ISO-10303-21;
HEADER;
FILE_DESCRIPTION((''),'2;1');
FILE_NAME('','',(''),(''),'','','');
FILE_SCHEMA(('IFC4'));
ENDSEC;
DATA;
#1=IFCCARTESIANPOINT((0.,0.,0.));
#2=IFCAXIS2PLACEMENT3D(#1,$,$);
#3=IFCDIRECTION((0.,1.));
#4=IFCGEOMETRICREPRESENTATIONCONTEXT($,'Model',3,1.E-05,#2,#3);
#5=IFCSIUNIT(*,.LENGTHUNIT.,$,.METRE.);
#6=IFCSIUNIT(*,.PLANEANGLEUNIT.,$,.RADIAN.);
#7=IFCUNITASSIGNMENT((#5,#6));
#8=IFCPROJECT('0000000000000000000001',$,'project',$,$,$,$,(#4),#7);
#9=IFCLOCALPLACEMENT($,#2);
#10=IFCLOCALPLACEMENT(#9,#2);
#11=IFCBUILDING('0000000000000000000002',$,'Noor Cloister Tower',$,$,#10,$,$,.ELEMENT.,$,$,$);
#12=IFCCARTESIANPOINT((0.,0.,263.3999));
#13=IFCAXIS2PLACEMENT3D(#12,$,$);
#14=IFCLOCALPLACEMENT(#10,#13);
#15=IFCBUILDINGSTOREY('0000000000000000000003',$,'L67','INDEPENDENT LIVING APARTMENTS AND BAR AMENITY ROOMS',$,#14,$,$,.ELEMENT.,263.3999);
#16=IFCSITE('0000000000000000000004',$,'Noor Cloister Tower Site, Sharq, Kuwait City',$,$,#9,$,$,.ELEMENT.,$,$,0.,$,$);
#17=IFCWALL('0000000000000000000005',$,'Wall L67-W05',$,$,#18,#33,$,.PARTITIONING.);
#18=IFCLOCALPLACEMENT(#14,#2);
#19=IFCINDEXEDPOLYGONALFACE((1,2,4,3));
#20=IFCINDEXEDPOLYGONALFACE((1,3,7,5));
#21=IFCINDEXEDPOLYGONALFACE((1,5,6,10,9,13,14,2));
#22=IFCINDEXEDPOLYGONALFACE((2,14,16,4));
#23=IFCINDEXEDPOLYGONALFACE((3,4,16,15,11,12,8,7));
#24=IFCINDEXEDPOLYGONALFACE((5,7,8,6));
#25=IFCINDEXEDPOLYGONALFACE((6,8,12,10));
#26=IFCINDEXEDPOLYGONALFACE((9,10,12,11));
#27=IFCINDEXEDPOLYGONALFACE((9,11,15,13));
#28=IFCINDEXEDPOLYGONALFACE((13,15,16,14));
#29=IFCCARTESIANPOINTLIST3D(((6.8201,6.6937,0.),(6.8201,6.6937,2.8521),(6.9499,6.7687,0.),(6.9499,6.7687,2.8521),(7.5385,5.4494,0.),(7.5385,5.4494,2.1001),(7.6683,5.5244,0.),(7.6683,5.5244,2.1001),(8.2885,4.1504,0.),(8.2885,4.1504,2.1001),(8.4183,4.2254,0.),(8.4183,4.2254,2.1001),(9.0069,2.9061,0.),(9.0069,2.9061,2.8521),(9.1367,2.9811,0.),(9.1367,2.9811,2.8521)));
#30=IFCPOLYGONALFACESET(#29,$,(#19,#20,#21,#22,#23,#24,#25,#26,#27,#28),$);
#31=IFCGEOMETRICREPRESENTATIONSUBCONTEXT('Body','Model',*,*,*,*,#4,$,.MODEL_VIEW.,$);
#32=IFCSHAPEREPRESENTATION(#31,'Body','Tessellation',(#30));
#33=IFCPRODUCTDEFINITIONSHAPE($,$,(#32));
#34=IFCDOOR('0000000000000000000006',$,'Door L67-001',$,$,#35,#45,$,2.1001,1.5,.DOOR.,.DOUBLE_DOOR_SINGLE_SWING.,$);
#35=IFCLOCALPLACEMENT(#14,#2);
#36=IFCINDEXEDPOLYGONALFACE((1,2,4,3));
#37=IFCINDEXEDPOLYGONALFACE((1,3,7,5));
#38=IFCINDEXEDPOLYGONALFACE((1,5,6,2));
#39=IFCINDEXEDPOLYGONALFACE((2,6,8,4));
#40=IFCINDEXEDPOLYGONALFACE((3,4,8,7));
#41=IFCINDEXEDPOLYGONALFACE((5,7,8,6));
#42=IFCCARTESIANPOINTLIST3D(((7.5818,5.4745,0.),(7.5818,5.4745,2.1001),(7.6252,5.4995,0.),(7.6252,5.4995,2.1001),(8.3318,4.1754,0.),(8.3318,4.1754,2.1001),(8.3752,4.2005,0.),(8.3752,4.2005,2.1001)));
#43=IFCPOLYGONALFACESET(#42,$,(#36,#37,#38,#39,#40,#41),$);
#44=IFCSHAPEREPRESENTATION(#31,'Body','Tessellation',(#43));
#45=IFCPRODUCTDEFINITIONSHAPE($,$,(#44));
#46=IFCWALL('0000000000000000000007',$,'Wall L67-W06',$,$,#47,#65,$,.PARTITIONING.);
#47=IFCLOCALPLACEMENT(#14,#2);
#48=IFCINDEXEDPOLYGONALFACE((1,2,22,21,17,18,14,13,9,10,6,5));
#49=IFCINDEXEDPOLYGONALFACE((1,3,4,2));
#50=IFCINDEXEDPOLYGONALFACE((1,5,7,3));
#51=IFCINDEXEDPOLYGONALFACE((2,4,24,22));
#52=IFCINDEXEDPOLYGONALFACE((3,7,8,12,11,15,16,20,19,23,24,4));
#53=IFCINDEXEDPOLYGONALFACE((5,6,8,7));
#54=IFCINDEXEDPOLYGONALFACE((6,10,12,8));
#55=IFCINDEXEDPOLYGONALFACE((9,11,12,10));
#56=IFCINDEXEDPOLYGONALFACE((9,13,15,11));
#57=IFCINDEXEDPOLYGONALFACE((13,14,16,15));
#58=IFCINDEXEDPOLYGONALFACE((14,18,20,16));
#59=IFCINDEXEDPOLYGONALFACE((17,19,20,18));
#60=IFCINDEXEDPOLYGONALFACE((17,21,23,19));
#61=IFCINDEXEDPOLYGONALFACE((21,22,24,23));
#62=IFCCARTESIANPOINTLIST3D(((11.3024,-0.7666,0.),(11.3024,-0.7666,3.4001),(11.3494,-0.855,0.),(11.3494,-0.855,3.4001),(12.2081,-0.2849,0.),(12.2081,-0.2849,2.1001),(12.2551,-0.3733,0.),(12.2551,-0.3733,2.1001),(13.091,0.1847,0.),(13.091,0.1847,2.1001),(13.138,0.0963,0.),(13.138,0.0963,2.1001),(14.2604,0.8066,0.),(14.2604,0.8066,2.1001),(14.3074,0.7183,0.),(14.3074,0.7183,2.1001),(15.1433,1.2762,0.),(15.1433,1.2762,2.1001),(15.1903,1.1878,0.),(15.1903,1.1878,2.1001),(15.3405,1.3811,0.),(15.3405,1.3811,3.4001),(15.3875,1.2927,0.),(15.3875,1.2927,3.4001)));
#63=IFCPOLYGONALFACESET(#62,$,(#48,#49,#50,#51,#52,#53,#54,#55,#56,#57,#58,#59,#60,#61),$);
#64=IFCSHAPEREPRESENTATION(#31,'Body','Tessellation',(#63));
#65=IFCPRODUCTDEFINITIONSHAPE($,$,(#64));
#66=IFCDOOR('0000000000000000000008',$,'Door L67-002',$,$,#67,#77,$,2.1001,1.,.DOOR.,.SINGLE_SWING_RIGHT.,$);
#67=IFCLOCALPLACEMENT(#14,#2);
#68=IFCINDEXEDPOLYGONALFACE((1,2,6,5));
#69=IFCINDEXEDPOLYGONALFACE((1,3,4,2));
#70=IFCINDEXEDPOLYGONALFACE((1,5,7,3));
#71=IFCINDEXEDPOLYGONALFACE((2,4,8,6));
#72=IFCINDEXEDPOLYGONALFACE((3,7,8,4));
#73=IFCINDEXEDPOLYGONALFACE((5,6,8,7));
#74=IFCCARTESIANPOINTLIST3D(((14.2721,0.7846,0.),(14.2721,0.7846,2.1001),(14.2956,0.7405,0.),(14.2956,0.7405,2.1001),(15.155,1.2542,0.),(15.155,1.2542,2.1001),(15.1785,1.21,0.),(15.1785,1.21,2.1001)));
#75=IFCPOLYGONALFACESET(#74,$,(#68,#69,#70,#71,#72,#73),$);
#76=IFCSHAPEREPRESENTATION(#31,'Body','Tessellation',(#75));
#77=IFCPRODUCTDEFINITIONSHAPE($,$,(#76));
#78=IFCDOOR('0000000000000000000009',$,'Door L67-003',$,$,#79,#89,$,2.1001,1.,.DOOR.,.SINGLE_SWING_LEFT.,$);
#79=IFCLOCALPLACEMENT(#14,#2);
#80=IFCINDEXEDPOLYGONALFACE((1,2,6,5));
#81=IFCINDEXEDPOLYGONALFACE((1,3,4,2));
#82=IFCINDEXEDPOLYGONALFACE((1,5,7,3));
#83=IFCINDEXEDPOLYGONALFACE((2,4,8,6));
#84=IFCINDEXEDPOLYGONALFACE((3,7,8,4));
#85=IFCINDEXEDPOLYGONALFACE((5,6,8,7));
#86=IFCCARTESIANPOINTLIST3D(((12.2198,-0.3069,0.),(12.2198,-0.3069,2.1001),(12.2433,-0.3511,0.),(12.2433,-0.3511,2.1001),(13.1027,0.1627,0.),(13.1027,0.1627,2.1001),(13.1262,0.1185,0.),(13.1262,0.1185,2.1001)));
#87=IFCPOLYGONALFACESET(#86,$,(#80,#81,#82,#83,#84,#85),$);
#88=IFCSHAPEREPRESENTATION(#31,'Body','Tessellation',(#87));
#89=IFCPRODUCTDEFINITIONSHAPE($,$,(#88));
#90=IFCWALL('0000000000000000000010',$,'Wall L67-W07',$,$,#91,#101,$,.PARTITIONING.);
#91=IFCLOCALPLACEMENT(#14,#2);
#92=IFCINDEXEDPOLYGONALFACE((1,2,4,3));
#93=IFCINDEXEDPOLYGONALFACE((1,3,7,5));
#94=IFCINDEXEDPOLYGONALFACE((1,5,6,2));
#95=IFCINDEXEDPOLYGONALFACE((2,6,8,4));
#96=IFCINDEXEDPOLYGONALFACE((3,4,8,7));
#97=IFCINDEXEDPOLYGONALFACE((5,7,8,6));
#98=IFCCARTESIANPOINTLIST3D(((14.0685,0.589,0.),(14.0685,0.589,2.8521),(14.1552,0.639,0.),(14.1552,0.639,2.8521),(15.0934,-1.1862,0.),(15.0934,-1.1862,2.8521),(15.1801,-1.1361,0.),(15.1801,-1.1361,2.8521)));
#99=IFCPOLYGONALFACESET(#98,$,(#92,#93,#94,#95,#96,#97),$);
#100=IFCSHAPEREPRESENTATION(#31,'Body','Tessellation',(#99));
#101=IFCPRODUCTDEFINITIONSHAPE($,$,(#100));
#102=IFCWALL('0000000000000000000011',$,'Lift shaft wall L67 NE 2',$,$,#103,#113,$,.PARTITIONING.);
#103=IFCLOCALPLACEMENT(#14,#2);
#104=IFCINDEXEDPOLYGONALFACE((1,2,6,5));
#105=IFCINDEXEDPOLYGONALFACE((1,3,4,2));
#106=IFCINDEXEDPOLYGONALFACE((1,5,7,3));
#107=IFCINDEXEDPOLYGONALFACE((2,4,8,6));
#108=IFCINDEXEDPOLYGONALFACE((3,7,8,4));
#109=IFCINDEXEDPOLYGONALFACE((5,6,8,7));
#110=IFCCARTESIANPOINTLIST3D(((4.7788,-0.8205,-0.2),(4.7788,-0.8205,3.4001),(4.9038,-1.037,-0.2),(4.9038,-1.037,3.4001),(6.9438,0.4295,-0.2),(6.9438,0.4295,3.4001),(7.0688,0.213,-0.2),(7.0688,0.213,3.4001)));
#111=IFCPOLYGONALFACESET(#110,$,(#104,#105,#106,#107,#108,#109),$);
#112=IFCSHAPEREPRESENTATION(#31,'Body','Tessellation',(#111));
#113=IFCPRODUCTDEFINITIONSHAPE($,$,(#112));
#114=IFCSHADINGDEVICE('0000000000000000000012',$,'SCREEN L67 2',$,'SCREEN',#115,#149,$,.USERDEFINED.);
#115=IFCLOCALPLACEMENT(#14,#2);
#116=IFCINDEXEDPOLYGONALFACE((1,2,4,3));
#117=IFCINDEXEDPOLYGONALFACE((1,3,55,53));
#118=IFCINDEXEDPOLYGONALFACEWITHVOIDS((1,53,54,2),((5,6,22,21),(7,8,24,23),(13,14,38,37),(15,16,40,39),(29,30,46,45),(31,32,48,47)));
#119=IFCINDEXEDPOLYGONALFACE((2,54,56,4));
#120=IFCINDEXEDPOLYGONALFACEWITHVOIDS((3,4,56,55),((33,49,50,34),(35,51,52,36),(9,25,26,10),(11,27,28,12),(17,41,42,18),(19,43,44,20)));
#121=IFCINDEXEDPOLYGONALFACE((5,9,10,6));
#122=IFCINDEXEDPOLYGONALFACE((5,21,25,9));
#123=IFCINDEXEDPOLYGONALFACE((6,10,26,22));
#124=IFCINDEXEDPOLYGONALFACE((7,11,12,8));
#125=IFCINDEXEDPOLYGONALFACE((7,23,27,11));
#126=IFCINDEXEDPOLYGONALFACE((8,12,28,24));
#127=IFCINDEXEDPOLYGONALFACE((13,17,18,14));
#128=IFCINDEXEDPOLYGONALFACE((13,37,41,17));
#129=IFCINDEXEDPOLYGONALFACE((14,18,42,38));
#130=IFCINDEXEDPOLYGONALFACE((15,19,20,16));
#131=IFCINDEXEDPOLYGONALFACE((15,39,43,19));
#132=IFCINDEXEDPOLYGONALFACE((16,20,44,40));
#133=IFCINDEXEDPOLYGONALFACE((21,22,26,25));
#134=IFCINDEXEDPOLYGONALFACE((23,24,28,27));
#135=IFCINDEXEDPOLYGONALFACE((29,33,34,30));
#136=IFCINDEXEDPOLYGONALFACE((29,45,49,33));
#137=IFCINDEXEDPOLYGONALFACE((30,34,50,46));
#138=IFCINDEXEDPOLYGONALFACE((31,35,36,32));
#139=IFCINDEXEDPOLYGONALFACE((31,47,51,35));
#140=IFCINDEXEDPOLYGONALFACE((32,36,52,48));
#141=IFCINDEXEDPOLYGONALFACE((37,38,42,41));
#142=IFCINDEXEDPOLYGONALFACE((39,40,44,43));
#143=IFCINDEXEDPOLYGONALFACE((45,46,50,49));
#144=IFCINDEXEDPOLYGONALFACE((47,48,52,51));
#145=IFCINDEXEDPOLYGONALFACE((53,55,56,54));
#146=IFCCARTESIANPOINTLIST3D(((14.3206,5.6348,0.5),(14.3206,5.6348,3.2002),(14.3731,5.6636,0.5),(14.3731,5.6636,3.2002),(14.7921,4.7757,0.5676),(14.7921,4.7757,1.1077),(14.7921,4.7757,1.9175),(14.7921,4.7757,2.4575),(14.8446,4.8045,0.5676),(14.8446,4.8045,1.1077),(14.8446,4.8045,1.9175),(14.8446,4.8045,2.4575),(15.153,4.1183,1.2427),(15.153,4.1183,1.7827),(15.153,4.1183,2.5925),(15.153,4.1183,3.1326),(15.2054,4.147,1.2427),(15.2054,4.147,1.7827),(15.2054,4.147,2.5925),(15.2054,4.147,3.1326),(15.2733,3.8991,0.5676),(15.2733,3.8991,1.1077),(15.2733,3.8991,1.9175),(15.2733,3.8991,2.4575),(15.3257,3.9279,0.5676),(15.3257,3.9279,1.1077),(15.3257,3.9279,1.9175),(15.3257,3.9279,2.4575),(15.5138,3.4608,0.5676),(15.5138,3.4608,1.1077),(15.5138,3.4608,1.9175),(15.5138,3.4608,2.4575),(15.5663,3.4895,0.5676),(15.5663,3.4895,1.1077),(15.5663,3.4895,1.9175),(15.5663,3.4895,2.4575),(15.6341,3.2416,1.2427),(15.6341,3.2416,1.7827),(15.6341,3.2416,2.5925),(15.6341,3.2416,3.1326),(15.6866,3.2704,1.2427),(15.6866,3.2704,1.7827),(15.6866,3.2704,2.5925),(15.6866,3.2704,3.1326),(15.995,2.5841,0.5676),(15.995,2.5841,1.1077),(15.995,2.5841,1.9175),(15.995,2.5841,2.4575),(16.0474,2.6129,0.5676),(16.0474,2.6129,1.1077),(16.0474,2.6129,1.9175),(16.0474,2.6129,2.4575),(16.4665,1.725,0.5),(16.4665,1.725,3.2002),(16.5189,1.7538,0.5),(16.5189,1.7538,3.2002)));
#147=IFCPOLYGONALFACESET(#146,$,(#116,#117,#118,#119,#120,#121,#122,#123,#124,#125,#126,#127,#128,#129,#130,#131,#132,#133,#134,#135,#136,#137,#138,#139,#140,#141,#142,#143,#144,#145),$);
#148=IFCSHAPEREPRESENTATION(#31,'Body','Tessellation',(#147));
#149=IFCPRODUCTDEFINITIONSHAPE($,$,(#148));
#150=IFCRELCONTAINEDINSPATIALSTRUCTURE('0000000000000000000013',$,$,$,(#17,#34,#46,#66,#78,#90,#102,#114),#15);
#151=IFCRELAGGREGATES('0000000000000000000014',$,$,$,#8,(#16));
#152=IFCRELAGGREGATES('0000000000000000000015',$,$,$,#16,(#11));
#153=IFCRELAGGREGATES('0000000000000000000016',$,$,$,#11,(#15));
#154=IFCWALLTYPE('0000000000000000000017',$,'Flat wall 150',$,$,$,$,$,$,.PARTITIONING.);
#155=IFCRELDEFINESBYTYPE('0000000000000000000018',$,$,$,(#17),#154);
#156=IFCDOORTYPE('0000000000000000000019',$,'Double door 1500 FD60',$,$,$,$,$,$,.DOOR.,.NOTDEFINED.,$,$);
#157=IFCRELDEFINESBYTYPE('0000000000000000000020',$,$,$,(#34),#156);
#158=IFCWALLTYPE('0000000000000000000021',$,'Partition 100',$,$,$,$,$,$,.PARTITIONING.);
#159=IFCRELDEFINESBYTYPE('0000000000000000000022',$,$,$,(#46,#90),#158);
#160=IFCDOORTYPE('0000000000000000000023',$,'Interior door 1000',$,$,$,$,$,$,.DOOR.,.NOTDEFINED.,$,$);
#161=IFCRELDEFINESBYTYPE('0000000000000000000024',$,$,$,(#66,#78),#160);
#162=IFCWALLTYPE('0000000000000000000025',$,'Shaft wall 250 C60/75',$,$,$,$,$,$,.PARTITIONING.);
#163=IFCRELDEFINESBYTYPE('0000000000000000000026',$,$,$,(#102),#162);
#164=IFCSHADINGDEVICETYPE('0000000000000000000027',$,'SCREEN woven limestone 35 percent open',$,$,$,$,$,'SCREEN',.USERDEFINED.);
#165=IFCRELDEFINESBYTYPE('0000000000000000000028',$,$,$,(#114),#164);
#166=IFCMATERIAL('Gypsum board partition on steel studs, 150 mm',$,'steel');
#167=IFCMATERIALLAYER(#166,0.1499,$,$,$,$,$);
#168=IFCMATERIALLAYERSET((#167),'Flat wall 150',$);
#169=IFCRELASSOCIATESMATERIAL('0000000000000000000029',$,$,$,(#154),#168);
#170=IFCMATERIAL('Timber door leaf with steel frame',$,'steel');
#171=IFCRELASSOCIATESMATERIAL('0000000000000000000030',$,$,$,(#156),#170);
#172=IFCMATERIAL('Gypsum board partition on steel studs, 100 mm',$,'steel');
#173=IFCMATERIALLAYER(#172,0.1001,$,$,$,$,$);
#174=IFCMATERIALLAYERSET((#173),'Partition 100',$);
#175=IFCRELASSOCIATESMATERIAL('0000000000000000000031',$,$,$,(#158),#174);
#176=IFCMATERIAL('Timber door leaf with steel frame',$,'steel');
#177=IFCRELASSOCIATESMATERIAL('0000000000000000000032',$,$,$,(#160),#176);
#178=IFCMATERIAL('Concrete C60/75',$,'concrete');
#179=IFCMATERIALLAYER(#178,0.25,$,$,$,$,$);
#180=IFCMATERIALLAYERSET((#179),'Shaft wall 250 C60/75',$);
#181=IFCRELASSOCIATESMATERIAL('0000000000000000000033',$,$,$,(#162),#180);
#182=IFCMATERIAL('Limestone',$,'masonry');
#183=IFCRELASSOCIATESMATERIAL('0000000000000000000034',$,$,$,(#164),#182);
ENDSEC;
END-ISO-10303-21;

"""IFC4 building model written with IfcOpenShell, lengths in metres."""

from ifc_helpers import new_model, si_unit, direction, frame, frame_2d, origin, place, context, subcontext, project, spatial, polyline, rectangle, outline, extrude, material, layer, layer_set, material_profile, profile_set, type_object, element, fill, save


model = new_model("IFC4")

# Units and contexts
model_context = context("Model", 3, precision=1e-05, world=origin(), true_north=direction((0.0, 1.0)))
body_context = subcontext(model_context, "Body", "Model", "MODEL_VIEW")
ifc_project = project(units=[si_unit("LENGTHUNIT", "METRE"), si_unit("PLANEANGLEUNIT", "RADIAN")], contexts=[model_context])

# Site, building, storey
site_placement = place(None, origin())
site = spatial("IfcSite", under=ifc_project, at=site_placement, Name="Noor Cloister Tower Site, Sharq, Kuwait City", CompositionType="ELEMENT", RefElevation=0.0)
building_placement = place(site_placement, origin())
building = spatial("IfcBuilding", under=site, at=building_placement, Name="Noor Cloister Tower", CompositionType="ELEMENT")
storey_placement = place(building_placement, frame((0.0, 0.0, 263.3999)))
storey = spatial("IfcBuildingStorey", under=building, at=storey_placement, Name="L67", Description="INDEPENDENT LIVING APARTMENTS AND BAR AMENITY ROOMS", CompositionType="ELEMENT", Elevation=263.3999)

# Wall, opening, door
ifc_material_1 = material(Name="Gypsum board partition on steel studs, 150 mm", Category="steel")
ifc_layer_1 = layer(ifc_material_1, 0.1499)
ifc_layer_set_1 = layer_set([ifc_layer_1], Name="Flat wall 150")
wall_type_1 = type_object("IfcWallType", Name="Flat wall 150", PredefinedType="PARTITIONING", material=ifc_layer_set_1)
wall_1_placement = place(storey_placement, frame((9.0718, 2.9436, 0.0), z_axis=(0.0, 0.0, 1.0), x_axis=(-0.499999, 0.866026, 0.0)))
wall_1 = element("IfcWall", 1, at=wall_1_placement, inside=storey, type_object=wall_type_1, Name="Wall L67-W05", PredefinedType="PARTITIONING", context=body_context, shape_type="SweptSolid", body=[
    extrude(rectangle(XDim=4.3735, YDim=0.1499, at=frame_2d((2.1868, 0.0))), origin(), (0.0, 0.0, 1.0), 2.8521),
])
opening_1_placement = place(wall_1_placement, frame((1.4368, 0.0, 0.0)))
opening_1 = element("IfcOpeningElement", 2, at=opening_1_placement, cuts=wall_1, PredefinedType="OPENING", context=body_context, shape_type="SweptSolid", body=[
    extrude(rectangle(XDim=1.5, YDim=2.1001, at=frame_2d((0.75, 1.05))), frame((0.0, 0.085, 0.0), z_axis=(0.0, -1.0, 0.0), x_axis=(1.0, 0.0, 0.0)), (0.0, 0.0, 1.0), 0.1699),
])
ifc_material_2 = material(Name="Timber door leaf with steel frame", Category="steel")
door_type_1 = type_object("IfcDoorType", Name="Double door 1500 FD60", OperationType="NOTDEFINED", PredefinedType="DOOR", material=ifc_material_2)
door_1_placement = place(opening_1_placement, origin())
door_1 = element("IfcDoor", 3, at=door_1_placement, inside=storey, type_object=door_type_1, Name="Door L67-001", OperationType="DOUBLE_DOOR_SINGLE_SWING", OverallHeight=2.1001, OverallWidth=1.5, PredefinedType="DOOR", context=body_context, shape_type="SweptSolid", body=[
    extrude(rectangle(XDim=1.5, YDim=2.1001, at=frame_2d((0.75, 1.05))), frame((0.0, 0.0249, 0.0), z_axis=(0.0, -1.0, 0.0), x_axis=(1.0, 0.0, 0.0)), (0.0, 0.0, 1.0), 0.05),
])
fill(opening_1, door_1)

# Wall, openings, doors
ifc_material_3 = material(Name="Gypsum board partition on steel studs, 100 mm", Category="steel")
ifc_layer_2 = layer(ifc_material_3, 0.1001)
ifc_layer_set_2 = layer_set([ifc_layer_2], Name="Partition 100")
wall_type_2 = type_object("IfcWallType", Name="Partition 100", PredefinedType="PARTITIONING", material=ifc_layer_set_2)
wall_2_placement = place(storey_placement, frame((15.364, 1.3369, 0.0), z_axis=(0.0, 0.0, 1.0), x_axis=(-0.882892, -0.469577, 0.0)))
wall_2 = element("IfcWall", 4, at=wall_2_placement, inside=storey, type_object=wall_type_2, Name="Wall L67-W06", PredefinedType="PARTITIONING", context=body_context, shape_type="SweptSolid", body=[
    extrude(rectangle(XDim=4.5737, YDim=0.1001, at=frame_2d((2.2869, 0.0))), origin(), (0.0, 0.0, 1.0), 3.4001),
])
opening_2_placement = place(wall_2_placement, frame((0.2234, 0.0, 0.0)))
opening_2 = element("IfcOpeningElement", 5, at=opening_2_placement, cuts=wall_2, PredefinedType="OPENING", context=body_context, shape_type="SweptSolid", body=[
    extrude(rectangle(XDim=1.0, YDim=2.1001, at=frame_2d((0.5, 1.05))), frame((0.0, 0.0601, 0.0), z_axis=(0.0, -1.0, 0.0), x_axis=(1.0, 0.0, 0.0)), (0.0, 0.0, 1.0), 0.1201),
])
opening_3_placement = place(wall_2_placement, frame((2.5479, 0.0, 0.0)))
opening_3 = element("IfcOpeningElement", 6, at=opening_3_placement, cuts=wall_2, PredefinedType="OPENING", context=body_context, shape_type="SweptSolid", body=[
    extrude(rectangle(XDim=1.0, YDim=2.1001, at=frame_2d((0.5, 1.05))), frame((0.0, 0.0601, 0.0), z_axis=(0.0, -1.0, 0.0), x_axis=(1.0, 0.0, 0.0)), (0.0, 0.0, 1.0), 0.1201),
])
ifc_material_4 = material(Name="Timber door leaf with steel frame", Category="steel")
door_type_2 = type_object("IfcDoorType", Name="Interior door 1000", OperationType="NOTDEFINED", PredefinedType="DOOR", material=ifc_material_4)
door_2_placement = place(opening_2_placement, origin())
door_2 = element("IfcDoor", 7, at=door_2_placement, inside=storey, type_object=door_type_2, Name="Door L67-002", OperationType="SINGLE_SWING_RIGHT", OverallHeight=2.1001, OverallWidth=1.0, PredefinedType="DOOR", context=body_context, shape_type="SweptSolid", body=[
    extrude(rectangle(XDim=1.0, YDim=2.1001, at=frame_2d((0.5, 1.05))), frame((0.0, 0.0249, 0.0), z_axis=(0.0, -1.0, 0.0), x_axis=(1.0, 0.0, 0.0)), (0.0, 0.0, 1.0), 0.05),
])
fill(opening_2, door_2)
door_3_placement = place(opening_3_placement, origin())
door_3 = element("IfcDoor", 8, at=door_3_placement, inside=storey, type_object=door_type_2, Name="Door L67-003", OperationType="SINGLE_SWING_LEFT", OverallHeight=2.1001, OverallWidth=1.0, PredefinedType="DOOR", context=body_context, shape_type="SweptSolid", body=[
    extrude(rectangle(XDim=1.0, YDim=2.1001, at=frame_2d((0.5, 1.05))), frame((0.0, 0.0249, 0.0), z_axis=(0.0, -1.0, 0.0), x_axis=(1.0, 0.0, 0.0)), (0.0, 0.0, 1.0), 0.05),
])
fill(opening_3, door_3)

# Walls
wall_3_placement = place(storey_placement, frame((14.1118, 0.614, 0.0), z_axis=(0.0, 0.0, 1.0), x_axis=(0.500008, -0.866021, 0.0)))
element("IfcWall", 9, at=wall_3_placement, inside=storey, type_object=wall_type_2, Name="Wall L67-W07", PredefinedType="PARTITIONING", context=body_context, shape_type="SweptSolid", body=[
    extrude(rectangle(XDim=2.0498, YDim=0.1001, at=frame_2d((1.0249, 0.0))), origin(), (0.0, 0.0, 1.0), 2.8521),
])
ifc_material_5 = material(Name="Concrete C60/75", Category="concrete")
ifc_layer_3 = layer(ifc_material_5, 0.25)
ifc_layer_set_3 = layer_set([ifc_layer_3], Name="Shaft wall 250 C60/75")
wall_type_3 = type_object("IfcWallType", Name="Shaft wall 250 C60/75", PredefinedType="PARTITIONING", material=ifc_layer_set_3)
wall_4_placement = place(storey_placement, frame((7.0063, 0.3213, -0.2), z_axis=(0.0, 0.0, 1.0), x_axis=(-0.866023, -0.500004, 0.0)))
element("IfcWall", 10, at=wall_4_placement, inside=storey, type_object=wall_type_3, Name="Lift shaft wall L67 NE 2", PredefinedType="PARTITIONING", context=body_context, shape_type="SweptSolid", body=[
    extrude(rectangle(XDim=2.5, YDim=0.25, at=frame_2d((1.25, 0.0))), origin(), (0.0, 0.0, 1.0), 3.6001),
])

# Shading device
ifc_material_6 = material(Name="Limestone", Category="masonry")
ifc_material_profile_1 = material_profile(ifc_material_6, outline(polyline([(-2.23, -1.3501), (2.23, -1.3501), (2.23, 1.3501), (-2.23, 1.3501), (-2.23, -1.3501)]), holes=[polyline([(-1.25, -1.2825), (-0.25, -1.2825), (-0.25, -0.7424), (-1.25, -0.7424), (-1.25, -1.2825)]), polyline([(0.25, -1.2825), (1.25, -1.2825), (1.25, -0.7424), (0.25, -0.7424), (0.25, -1.2825)]), polyline([(-0.5, -0.6074), (0.5, -0.6074), (0.5, -0.0674), (-0.5, -0.0674), (-0.5, -0.6074)]), polyline([(-1.25, 0.0674), (-0.25, 0.0674), (-0.25, 0.6074), (-1.25, 0.6074), (-1.25, 0.0674)]), polyline([(0.25, 0.0674), (1.25, 0.0674), (1.25, 0.6074), (0.25, 0.6074), (0.25, 0.0674)]), polyline([(-0.5, 0.7424), (0.5, 0.7424), (0.5, 1.2825), (-0.5, 1.2825), (-0.5, 0.7424)])]), Name="Woven screen 35 percent open")
ifc_profile_set_1 = profile_set([ifc_material_profile_1], Name="Limestone")
shading_device_type = type_object("IfcShadingDeviceType", Name="SCREEN woven limestone 35 percent open", ElementType="SCREEN", PredefinedType="USERDEFINED", material=ifc_profile_set_1)
shading_device_placement = place(storey_placement, frame((15.3936, 3.6799, 1.8501), z_axis=(0.876646, 0.481136, 0.0), x_axis=(-0.481136, 0.876646, 0.0)))
element("IfcShadingDevice", 11, at=shading_device_placement, inside=storey, type_object=shading_device_type, Name="SCREEN L67 2", ObjectType="SCREEN", PredefinedType="USERDEFINED", context=body_context, shape_type="SweptSolid", body=[
    extrude(outline(polyline([(-2.23, -1.3501), (2.23, -1.3501), (2.23, 1.3501), (-2.23, 1.3501), (-2.23, -1.3501)]), holes=[polyline([(-1.25, -1.2825), (-0.25, -1.2825), (-0.25, -0.7424), (-1.25, -0.7424), (-1.25, -1.2825)]), polyline([(0.25, -1.2825), (1.25, -1.2825), (1.25, -0.7424), (0.25, -0.7424), (0.25, -1.2825)]), polyline([(-0.5, -0.6074), (0.5, -0.6074), (0.5, -0.0674), (-0.5, -0.0674), (-0.5, -0.6074)]), polyline([(-1.25, 0.0674), (-0.25, 0.0674), (-0.25, 0.6074), (-1.25, 0.6074), (-1.25, 0.0674)]), polyline([(0.25, 0.0674), (1.25, 0.0674), (1.25, 0.6074), (0.25, 0.6074), (0.25, 0.0674)]), polyline([(-0.5, 0.7424), (0.5, 0.7424), (0.5, 1.2825), (-0.5, 1.2825), (-0.5, 0.7424)])]), origin(), (0.0, 0.0, 1.0), 0.0598),
])

save(model, "model.ifc")
